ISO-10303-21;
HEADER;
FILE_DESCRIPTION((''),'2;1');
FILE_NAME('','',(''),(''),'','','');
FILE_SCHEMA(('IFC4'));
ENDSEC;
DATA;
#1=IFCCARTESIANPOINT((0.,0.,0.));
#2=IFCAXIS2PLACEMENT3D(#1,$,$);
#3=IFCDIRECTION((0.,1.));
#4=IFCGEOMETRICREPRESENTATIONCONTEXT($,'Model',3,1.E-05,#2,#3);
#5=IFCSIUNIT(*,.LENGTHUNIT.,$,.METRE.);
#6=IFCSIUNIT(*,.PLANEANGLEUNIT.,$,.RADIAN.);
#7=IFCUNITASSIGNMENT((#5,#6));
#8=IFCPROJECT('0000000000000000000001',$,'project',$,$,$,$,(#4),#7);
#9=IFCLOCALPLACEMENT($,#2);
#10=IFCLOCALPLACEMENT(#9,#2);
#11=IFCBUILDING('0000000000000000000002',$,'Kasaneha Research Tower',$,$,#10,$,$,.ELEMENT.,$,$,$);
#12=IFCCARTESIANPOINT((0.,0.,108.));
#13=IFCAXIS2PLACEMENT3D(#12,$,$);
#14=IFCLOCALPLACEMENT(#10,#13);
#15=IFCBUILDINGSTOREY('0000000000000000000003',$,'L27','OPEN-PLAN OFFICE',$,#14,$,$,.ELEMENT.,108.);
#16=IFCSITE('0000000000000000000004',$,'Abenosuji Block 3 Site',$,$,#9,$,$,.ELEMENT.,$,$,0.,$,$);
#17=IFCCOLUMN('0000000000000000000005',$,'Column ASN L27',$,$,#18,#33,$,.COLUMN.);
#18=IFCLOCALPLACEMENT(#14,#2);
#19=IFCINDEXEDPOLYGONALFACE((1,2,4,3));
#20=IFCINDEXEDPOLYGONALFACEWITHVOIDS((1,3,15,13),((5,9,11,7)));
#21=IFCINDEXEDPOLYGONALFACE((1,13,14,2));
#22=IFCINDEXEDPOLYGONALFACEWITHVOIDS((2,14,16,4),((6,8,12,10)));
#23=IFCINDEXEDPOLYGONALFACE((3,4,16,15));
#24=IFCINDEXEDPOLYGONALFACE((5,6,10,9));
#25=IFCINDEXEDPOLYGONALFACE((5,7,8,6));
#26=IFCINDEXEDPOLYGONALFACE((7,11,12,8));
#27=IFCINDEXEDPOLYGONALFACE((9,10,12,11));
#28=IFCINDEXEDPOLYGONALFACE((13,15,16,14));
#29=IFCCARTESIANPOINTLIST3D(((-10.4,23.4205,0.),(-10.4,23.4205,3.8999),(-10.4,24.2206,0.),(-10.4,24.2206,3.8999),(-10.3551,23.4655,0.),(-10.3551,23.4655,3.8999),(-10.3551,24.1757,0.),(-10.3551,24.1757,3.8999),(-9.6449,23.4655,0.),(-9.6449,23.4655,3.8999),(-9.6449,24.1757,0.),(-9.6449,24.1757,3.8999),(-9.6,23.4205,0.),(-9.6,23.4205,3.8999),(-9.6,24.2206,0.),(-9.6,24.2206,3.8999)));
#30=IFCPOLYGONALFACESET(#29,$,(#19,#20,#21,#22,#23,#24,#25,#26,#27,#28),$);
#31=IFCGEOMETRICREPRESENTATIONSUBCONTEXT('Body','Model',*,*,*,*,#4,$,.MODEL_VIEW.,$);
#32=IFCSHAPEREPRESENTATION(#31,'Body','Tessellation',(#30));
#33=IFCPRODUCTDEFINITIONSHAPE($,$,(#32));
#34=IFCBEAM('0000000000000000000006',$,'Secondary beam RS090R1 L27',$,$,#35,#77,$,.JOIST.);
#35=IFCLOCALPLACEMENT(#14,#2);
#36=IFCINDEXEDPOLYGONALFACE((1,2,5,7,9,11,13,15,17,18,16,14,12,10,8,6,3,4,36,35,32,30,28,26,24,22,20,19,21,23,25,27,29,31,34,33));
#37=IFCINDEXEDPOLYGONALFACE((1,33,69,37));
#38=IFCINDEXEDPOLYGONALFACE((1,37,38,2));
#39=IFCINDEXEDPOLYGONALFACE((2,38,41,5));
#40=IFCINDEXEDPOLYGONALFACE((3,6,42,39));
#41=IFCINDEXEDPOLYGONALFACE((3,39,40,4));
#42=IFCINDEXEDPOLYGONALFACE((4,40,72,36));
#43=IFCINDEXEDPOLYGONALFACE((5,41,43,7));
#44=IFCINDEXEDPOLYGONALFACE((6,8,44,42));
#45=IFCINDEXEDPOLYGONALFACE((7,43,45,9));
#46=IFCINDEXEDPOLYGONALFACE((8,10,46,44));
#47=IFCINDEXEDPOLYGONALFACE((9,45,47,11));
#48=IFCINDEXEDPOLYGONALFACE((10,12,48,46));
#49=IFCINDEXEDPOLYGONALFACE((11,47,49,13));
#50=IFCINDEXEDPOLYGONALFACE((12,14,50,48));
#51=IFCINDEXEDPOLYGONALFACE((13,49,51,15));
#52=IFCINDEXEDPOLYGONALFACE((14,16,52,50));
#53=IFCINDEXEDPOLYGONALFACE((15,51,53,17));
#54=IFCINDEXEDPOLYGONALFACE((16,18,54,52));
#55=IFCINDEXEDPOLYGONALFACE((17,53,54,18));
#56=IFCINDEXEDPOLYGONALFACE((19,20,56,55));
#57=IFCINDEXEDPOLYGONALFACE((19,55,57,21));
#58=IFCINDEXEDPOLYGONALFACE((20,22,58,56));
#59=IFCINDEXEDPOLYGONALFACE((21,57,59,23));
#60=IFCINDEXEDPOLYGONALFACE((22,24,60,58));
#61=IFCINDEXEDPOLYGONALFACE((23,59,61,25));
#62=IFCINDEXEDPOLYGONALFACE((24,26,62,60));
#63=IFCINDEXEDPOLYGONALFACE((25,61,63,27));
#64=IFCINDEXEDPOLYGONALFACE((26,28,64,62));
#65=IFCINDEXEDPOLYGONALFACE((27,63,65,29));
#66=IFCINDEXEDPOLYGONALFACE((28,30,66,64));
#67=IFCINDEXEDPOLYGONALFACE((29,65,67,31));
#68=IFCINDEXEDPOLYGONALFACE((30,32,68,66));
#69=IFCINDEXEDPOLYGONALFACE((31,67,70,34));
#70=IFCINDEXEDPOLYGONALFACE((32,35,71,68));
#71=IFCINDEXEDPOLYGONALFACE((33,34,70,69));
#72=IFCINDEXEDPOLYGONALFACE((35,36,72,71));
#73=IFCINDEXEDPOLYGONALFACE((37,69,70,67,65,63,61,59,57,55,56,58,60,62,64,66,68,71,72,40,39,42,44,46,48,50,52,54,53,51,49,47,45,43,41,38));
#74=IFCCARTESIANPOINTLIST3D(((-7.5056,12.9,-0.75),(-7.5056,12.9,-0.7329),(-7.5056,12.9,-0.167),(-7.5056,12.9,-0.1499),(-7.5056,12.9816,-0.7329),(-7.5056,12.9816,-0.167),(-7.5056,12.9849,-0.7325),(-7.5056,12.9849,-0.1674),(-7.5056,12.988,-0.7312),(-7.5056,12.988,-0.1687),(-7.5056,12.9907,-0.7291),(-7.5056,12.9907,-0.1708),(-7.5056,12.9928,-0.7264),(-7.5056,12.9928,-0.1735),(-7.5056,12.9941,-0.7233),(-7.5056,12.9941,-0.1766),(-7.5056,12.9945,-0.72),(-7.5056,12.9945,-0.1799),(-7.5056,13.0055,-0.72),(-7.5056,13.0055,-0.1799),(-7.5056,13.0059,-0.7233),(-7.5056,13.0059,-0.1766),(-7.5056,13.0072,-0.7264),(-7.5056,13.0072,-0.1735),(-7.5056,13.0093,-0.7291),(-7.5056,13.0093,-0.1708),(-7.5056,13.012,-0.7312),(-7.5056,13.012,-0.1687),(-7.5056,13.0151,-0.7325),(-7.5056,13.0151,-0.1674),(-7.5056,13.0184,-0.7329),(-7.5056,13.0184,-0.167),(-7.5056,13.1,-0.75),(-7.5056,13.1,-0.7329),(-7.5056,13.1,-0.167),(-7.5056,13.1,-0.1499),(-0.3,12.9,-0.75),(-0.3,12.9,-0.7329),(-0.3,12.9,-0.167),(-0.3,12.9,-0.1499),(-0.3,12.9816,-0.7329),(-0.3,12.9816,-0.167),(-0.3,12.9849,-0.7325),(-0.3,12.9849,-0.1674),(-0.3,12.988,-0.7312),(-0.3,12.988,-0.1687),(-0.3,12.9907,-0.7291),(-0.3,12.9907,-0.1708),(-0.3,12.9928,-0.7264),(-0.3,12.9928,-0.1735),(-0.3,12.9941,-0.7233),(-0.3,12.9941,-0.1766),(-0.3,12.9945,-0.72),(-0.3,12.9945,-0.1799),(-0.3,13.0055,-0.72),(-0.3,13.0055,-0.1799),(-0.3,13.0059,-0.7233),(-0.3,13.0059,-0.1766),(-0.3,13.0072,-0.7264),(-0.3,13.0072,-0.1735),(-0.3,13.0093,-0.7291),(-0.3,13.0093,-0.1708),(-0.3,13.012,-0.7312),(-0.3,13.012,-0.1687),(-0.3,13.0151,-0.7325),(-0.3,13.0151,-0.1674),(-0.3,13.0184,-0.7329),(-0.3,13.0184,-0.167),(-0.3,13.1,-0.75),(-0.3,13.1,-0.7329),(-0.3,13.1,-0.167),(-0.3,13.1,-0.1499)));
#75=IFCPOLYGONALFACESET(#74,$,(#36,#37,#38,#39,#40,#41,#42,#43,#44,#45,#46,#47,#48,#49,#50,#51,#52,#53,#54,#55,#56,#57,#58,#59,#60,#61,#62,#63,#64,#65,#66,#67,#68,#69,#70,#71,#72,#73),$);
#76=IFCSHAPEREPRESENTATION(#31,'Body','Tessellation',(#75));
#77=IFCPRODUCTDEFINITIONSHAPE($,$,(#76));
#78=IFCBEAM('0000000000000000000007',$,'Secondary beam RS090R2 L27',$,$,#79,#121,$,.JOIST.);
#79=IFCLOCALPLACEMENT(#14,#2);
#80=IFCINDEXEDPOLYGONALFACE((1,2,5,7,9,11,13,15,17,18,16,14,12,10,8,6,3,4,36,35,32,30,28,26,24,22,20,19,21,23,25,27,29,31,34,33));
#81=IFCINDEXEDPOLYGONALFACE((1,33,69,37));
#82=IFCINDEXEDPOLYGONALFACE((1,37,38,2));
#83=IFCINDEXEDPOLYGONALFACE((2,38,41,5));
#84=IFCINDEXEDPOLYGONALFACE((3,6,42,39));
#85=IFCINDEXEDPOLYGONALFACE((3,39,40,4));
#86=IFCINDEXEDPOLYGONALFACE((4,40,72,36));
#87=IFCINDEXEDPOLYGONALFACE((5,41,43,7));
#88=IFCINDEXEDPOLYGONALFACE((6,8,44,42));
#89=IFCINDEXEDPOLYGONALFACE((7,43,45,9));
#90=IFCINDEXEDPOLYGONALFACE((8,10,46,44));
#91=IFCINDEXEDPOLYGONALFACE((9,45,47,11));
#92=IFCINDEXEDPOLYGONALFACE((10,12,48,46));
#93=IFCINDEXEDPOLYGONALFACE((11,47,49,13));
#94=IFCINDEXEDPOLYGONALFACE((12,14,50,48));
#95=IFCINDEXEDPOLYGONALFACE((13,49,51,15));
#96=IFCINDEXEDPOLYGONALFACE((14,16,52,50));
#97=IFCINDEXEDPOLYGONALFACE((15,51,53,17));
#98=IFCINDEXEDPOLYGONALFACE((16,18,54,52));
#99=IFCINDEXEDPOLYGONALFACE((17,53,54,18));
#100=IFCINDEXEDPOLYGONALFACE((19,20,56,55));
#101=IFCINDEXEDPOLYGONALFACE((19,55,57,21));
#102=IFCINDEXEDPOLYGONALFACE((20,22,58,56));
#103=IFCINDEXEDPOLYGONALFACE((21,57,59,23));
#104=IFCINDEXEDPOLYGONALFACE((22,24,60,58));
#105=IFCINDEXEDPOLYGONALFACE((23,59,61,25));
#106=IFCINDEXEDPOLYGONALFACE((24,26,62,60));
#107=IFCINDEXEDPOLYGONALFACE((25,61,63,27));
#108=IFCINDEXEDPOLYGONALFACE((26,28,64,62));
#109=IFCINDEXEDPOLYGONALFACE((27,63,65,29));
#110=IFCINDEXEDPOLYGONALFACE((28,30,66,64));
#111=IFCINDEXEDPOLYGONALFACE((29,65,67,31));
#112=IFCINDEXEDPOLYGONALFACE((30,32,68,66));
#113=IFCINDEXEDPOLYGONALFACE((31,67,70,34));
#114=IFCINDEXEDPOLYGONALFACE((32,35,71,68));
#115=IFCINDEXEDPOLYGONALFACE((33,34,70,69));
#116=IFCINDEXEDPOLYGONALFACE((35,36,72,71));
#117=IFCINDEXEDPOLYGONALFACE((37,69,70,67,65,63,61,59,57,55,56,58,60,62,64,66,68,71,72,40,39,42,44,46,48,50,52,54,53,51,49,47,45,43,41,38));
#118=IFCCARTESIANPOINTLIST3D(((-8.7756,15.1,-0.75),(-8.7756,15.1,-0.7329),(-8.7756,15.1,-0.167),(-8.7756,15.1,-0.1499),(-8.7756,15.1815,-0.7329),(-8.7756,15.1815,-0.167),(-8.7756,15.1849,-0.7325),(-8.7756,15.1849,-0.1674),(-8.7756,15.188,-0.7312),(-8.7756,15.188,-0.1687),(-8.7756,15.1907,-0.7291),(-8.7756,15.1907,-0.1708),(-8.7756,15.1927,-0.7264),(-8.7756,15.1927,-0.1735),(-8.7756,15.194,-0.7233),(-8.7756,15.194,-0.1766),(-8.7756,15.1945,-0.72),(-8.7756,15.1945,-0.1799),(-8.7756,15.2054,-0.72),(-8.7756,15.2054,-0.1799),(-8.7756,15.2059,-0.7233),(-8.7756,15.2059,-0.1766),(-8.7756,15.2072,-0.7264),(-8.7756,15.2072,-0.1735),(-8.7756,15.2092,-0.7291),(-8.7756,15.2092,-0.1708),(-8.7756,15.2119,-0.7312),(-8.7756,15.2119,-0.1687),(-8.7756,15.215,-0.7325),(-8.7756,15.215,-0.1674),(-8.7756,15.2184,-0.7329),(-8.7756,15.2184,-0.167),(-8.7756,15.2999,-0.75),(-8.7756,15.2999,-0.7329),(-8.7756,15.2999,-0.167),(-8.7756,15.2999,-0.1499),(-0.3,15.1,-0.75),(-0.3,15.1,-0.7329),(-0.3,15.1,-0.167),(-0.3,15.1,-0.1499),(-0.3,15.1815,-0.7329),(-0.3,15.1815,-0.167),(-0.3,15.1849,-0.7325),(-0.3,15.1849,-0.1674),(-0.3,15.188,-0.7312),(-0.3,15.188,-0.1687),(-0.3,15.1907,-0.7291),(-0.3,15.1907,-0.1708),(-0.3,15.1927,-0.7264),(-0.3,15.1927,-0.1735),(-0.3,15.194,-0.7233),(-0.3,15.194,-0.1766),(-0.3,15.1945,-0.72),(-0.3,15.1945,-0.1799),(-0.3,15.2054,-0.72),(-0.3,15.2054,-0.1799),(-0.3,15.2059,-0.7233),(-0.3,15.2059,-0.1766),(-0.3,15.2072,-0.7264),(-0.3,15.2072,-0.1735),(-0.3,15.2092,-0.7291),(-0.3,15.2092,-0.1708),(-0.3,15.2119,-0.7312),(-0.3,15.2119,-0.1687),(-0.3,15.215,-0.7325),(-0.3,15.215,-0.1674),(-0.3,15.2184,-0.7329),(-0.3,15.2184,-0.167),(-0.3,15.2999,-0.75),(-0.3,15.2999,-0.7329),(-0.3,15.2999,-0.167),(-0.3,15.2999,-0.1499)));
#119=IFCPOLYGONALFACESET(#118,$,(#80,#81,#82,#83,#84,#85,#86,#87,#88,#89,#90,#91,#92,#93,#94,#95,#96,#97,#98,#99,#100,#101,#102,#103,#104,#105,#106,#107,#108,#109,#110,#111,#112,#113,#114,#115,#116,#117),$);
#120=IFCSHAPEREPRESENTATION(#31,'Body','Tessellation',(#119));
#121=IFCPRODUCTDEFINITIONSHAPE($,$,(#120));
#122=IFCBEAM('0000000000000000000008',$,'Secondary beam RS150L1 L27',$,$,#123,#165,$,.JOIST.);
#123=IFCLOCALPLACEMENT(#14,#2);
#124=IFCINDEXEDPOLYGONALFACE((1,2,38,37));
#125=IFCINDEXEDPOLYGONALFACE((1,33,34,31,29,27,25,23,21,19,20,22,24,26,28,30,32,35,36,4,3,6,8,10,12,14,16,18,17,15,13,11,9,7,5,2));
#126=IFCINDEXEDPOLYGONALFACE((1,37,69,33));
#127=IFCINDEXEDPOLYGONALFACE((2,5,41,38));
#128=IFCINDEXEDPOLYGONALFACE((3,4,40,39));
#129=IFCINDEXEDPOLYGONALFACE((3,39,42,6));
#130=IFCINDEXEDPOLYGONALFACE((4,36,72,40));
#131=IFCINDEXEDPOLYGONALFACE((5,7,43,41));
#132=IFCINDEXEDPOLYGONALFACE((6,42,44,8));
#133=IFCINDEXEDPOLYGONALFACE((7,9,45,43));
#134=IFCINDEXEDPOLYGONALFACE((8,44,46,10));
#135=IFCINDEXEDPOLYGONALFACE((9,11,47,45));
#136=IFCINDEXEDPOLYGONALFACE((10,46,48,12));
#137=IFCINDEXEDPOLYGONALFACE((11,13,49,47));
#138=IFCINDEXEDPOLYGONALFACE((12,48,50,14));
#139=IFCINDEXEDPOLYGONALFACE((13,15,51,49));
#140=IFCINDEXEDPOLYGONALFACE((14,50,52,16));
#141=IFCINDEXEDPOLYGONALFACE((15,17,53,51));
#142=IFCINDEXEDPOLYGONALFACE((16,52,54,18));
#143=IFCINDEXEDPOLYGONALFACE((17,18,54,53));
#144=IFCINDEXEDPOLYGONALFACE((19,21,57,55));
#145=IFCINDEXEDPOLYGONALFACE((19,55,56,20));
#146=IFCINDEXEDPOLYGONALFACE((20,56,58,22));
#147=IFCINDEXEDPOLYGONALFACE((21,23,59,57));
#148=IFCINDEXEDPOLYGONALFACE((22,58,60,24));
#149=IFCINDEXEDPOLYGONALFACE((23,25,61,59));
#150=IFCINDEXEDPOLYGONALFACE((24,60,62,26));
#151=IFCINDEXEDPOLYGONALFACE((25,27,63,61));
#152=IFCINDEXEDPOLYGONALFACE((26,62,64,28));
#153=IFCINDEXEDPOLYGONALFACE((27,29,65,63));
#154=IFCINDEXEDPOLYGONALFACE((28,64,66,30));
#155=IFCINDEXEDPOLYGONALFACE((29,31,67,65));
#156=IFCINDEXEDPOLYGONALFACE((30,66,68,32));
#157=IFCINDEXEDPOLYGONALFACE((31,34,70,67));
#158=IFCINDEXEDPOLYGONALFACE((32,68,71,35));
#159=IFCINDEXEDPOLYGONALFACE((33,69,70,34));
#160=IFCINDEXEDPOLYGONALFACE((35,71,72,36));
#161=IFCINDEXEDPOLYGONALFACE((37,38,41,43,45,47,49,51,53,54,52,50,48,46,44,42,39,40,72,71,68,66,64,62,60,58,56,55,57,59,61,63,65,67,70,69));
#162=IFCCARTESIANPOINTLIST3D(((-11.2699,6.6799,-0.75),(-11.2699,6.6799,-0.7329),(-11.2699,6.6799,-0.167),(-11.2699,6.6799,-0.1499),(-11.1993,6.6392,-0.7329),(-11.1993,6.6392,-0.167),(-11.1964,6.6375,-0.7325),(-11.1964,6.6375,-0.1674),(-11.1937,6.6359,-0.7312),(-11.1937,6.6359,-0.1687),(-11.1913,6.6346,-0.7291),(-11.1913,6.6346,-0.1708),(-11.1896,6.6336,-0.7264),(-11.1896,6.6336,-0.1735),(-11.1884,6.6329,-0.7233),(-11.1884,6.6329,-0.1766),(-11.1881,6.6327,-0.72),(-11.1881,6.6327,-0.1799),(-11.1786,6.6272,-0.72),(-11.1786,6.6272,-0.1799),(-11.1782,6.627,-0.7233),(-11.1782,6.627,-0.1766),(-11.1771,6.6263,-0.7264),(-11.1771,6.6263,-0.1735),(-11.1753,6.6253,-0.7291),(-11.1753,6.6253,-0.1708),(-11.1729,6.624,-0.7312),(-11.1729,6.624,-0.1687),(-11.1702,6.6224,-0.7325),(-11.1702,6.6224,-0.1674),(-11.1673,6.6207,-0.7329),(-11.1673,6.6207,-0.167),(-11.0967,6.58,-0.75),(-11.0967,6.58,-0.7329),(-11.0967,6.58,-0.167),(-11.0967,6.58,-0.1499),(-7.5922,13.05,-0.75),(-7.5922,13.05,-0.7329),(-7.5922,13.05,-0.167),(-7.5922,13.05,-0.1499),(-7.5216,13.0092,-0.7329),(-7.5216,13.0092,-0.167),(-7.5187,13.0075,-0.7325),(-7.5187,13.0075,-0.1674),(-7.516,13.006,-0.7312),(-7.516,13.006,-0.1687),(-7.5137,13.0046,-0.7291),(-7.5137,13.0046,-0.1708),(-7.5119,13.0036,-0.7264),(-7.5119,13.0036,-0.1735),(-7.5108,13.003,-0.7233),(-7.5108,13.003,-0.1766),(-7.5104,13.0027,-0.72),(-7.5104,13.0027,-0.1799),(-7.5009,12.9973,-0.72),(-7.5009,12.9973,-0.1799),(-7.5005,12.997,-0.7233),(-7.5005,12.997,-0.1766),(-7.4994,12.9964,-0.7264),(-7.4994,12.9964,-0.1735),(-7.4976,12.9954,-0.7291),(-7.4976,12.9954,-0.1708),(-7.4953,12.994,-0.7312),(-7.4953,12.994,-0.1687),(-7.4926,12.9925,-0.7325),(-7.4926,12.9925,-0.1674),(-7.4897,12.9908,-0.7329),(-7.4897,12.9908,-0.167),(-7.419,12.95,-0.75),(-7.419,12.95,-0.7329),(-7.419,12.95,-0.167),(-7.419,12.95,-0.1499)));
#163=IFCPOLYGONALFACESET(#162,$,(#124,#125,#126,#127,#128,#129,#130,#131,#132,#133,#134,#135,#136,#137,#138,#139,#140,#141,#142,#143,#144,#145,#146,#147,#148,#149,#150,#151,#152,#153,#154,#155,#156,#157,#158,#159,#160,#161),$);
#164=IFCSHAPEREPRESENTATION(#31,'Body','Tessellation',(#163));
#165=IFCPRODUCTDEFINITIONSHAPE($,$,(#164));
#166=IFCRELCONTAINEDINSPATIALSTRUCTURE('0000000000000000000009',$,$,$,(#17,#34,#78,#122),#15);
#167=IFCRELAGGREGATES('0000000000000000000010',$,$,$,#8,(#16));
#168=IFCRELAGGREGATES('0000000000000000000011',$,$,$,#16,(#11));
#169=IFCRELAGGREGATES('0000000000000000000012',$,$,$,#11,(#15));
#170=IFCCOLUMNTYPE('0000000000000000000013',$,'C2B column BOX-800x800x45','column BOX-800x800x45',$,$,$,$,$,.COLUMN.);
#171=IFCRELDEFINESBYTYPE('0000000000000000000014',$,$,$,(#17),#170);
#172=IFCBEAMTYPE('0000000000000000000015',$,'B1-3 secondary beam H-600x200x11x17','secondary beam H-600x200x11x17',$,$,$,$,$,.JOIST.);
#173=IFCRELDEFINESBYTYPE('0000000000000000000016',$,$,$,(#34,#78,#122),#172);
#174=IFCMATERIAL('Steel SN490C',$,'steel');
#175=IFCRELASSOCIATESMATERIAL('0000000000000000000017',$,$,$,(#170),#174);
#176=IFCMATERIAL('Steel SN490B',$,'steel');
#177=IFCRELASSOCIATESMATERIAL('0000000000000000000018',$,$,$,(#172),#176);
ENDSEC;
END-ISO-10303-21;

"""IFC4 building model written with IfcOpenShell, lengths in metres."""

from ifc_helpers import new_model, si_unit, direction, frame, origin, origin_2d, place, context, subcontext, project, spatial, hollow_rectangle, i_section, extrude, material, material_profile, profile_set, type_object, element, save


model = new_model("IFC4")

# Units and contexts
model_context = context("Model", 3, precision=1e-05, world=origin(), true_north=direction((0.0, 1.0)))
body_context = subcontext(model_context, "Body", "Model", "MODEL_VIEW")
ifc_project = project(units=[si_unit("LENGTHUNIT", "METRE"), si_unit("PLANEANGLEUNIT", "RADIAN")], contexts=[model_context])

# Site, building, storey
site_placement = place(None, origin())
site = spatial("IfcSite", under=ifc_project, at=site_placement, Name="Abenosuji Block 3 Site", CompositionType="ELEMENT", RefElevation=0.0)
building_placement = place(site_placement, origin())
building = spatial("IfcBuilding", under=site, at=building_placement, Name="Kasaneha Research Tower", CompositionType="ELEMENT")
storey_placement = place(building_placement, frame((0.0, 0.0, 108.0)))
storey = spatial("IfcBuildingStorey", under=building, at=storey_placement, Name="L27", Description="OPEN-PLAN OFFICE", CompositionType="ELEMENT", Elevation=108.0)

# Column
ifc_material_1 = material(Name="Steel SN490C", Category="steel")
ifc_material_profile_1 = material_profile(ifc_material_1, hollow_rectangle(XDim=0.8, YDim=0.8, WallThickness=0.0449, at=origin_2d()), Name="BOX-800x800x45")
ifc_profile_set_1 = profile_set([ifc_material_profile_1], Name="Steel SN490C")
column_type = type_object("IfcColumnType", Name="C2B column BOX-800x800x45", Description="column BOX-800x800x45", PredefinedType="COLUMN", material=ifc_profile_set_1)
column_placement = place(storey_placement, frame((-10.0, 23.8206, 0.0), z_axis=(0.0, 0.0, 1.0), x_axis=(1.0, 0.0, 0.0)))
element("IfcColumn", 1, at=column_placement, inside=storey, type_object=column_type, Name="Column ASN L27", PredefinedType="COLUMN", context=body_context, shape_type="SweptSolid", body=[
    extrude(hollow_rectangle(XDim=0.8, YDim=0.8, WallThickness=0.0449, at=origin_2d()), origin(), (0.0, 0.0, 1.0), 3.8999),
])

# Beams
ifc_material_2 = material(Name="Steel SN490B", Category="steel")
ifc_material_profile_2 = material_profile(ifc_material_2, i_section(OverallWidth=0.2, OverallDepth=0.6001, WebThickness=0.011, FlangeThickness=0.0171, FilletRadius=0.0129, at=origin_2d()), Name="H-600x200x11x17")
ifc_profile_set_2 = profile_set([ifc_material_profile_2], Name="Steel SN490B")
beam_type_1 = type_object("IfcBeamType", Name="B1-3 secondary beam H-600x200x11x17", Description="secondary beam H-600x200x11x17", PredefinedType="JOIST", material=ifc_profile_set_2)
beam_1_placement = place(storey_placement, frame((-7.5056, 13.0, -0.45), z_axis=(1.0, 0.0, 0.0), x_axis=(0.0, 1.0, 0.0)))
element("IfcBeam", 2, at=beam_1_placement, inside=storey, type_object=beam_type_1, Name="Secondary beam RS090R1 L27", PredefinedType="JOIST", context=body_context, shape_type="SweptSolid", body=[
    extrude(i_section(OverallWidth=0.2, OverallDepth=0.6001, WebThickness=0.011, FlangeThickness=0.0171, FilletRadius=0.0129, at=origin_2d()), origin(), (0.0, 0.0, 1.0), 7.2056),
])
beam_2_placement = place(storey_placement, frame((-8.7756, 15.2, -0.45), z_axis=(1.0, 0.0, 0.0), x_axis=(0.0, 1.0, 0.0)))
element("IfcBeam", 3, at=beam_2_placement, inside=storey, type_object=beam_type_1, Name="Secondary beam RS090R2 L27", PredefinedType="JOIST", context=body_context, shape_type="SweptSolid", body=[
    extrude(i_section(OverallWidth=0.2, OverallDepth=0.6001, WebThickness=0.011, FlangeThickness=0.0171, FilletRadius=0.0129, at=origin_2d()), origin(), (0.0, 0.0, 1.0), 8.4756),
])
beam_3_placement = place(storey_placement, frame((-7.5056, 13.0, -0.45), z_axis=(-0.499994, -0.866029, 0.0), x_axis=(0.866029, -0.499994, 0.0)))
element("IfcBeam", 4, at=beam_3_placement, inside=storey, type_object=beam_type_1, Name="Secondary beam RS150L1 L27", PredefinedType="JOIST", context=body_context, shape_type="SweptSolid", body=[
    extrude(i_section(OverallWidth=0.2, OverallDepth=0.6001, WebThickness=0.011, FlangeThickness=0.0171, FilletRadius=0.0129, at=origin_2d()), origin(), (0.0, 0.0, 1.0), 7.3555),
])

save(model, "model.ifc")
